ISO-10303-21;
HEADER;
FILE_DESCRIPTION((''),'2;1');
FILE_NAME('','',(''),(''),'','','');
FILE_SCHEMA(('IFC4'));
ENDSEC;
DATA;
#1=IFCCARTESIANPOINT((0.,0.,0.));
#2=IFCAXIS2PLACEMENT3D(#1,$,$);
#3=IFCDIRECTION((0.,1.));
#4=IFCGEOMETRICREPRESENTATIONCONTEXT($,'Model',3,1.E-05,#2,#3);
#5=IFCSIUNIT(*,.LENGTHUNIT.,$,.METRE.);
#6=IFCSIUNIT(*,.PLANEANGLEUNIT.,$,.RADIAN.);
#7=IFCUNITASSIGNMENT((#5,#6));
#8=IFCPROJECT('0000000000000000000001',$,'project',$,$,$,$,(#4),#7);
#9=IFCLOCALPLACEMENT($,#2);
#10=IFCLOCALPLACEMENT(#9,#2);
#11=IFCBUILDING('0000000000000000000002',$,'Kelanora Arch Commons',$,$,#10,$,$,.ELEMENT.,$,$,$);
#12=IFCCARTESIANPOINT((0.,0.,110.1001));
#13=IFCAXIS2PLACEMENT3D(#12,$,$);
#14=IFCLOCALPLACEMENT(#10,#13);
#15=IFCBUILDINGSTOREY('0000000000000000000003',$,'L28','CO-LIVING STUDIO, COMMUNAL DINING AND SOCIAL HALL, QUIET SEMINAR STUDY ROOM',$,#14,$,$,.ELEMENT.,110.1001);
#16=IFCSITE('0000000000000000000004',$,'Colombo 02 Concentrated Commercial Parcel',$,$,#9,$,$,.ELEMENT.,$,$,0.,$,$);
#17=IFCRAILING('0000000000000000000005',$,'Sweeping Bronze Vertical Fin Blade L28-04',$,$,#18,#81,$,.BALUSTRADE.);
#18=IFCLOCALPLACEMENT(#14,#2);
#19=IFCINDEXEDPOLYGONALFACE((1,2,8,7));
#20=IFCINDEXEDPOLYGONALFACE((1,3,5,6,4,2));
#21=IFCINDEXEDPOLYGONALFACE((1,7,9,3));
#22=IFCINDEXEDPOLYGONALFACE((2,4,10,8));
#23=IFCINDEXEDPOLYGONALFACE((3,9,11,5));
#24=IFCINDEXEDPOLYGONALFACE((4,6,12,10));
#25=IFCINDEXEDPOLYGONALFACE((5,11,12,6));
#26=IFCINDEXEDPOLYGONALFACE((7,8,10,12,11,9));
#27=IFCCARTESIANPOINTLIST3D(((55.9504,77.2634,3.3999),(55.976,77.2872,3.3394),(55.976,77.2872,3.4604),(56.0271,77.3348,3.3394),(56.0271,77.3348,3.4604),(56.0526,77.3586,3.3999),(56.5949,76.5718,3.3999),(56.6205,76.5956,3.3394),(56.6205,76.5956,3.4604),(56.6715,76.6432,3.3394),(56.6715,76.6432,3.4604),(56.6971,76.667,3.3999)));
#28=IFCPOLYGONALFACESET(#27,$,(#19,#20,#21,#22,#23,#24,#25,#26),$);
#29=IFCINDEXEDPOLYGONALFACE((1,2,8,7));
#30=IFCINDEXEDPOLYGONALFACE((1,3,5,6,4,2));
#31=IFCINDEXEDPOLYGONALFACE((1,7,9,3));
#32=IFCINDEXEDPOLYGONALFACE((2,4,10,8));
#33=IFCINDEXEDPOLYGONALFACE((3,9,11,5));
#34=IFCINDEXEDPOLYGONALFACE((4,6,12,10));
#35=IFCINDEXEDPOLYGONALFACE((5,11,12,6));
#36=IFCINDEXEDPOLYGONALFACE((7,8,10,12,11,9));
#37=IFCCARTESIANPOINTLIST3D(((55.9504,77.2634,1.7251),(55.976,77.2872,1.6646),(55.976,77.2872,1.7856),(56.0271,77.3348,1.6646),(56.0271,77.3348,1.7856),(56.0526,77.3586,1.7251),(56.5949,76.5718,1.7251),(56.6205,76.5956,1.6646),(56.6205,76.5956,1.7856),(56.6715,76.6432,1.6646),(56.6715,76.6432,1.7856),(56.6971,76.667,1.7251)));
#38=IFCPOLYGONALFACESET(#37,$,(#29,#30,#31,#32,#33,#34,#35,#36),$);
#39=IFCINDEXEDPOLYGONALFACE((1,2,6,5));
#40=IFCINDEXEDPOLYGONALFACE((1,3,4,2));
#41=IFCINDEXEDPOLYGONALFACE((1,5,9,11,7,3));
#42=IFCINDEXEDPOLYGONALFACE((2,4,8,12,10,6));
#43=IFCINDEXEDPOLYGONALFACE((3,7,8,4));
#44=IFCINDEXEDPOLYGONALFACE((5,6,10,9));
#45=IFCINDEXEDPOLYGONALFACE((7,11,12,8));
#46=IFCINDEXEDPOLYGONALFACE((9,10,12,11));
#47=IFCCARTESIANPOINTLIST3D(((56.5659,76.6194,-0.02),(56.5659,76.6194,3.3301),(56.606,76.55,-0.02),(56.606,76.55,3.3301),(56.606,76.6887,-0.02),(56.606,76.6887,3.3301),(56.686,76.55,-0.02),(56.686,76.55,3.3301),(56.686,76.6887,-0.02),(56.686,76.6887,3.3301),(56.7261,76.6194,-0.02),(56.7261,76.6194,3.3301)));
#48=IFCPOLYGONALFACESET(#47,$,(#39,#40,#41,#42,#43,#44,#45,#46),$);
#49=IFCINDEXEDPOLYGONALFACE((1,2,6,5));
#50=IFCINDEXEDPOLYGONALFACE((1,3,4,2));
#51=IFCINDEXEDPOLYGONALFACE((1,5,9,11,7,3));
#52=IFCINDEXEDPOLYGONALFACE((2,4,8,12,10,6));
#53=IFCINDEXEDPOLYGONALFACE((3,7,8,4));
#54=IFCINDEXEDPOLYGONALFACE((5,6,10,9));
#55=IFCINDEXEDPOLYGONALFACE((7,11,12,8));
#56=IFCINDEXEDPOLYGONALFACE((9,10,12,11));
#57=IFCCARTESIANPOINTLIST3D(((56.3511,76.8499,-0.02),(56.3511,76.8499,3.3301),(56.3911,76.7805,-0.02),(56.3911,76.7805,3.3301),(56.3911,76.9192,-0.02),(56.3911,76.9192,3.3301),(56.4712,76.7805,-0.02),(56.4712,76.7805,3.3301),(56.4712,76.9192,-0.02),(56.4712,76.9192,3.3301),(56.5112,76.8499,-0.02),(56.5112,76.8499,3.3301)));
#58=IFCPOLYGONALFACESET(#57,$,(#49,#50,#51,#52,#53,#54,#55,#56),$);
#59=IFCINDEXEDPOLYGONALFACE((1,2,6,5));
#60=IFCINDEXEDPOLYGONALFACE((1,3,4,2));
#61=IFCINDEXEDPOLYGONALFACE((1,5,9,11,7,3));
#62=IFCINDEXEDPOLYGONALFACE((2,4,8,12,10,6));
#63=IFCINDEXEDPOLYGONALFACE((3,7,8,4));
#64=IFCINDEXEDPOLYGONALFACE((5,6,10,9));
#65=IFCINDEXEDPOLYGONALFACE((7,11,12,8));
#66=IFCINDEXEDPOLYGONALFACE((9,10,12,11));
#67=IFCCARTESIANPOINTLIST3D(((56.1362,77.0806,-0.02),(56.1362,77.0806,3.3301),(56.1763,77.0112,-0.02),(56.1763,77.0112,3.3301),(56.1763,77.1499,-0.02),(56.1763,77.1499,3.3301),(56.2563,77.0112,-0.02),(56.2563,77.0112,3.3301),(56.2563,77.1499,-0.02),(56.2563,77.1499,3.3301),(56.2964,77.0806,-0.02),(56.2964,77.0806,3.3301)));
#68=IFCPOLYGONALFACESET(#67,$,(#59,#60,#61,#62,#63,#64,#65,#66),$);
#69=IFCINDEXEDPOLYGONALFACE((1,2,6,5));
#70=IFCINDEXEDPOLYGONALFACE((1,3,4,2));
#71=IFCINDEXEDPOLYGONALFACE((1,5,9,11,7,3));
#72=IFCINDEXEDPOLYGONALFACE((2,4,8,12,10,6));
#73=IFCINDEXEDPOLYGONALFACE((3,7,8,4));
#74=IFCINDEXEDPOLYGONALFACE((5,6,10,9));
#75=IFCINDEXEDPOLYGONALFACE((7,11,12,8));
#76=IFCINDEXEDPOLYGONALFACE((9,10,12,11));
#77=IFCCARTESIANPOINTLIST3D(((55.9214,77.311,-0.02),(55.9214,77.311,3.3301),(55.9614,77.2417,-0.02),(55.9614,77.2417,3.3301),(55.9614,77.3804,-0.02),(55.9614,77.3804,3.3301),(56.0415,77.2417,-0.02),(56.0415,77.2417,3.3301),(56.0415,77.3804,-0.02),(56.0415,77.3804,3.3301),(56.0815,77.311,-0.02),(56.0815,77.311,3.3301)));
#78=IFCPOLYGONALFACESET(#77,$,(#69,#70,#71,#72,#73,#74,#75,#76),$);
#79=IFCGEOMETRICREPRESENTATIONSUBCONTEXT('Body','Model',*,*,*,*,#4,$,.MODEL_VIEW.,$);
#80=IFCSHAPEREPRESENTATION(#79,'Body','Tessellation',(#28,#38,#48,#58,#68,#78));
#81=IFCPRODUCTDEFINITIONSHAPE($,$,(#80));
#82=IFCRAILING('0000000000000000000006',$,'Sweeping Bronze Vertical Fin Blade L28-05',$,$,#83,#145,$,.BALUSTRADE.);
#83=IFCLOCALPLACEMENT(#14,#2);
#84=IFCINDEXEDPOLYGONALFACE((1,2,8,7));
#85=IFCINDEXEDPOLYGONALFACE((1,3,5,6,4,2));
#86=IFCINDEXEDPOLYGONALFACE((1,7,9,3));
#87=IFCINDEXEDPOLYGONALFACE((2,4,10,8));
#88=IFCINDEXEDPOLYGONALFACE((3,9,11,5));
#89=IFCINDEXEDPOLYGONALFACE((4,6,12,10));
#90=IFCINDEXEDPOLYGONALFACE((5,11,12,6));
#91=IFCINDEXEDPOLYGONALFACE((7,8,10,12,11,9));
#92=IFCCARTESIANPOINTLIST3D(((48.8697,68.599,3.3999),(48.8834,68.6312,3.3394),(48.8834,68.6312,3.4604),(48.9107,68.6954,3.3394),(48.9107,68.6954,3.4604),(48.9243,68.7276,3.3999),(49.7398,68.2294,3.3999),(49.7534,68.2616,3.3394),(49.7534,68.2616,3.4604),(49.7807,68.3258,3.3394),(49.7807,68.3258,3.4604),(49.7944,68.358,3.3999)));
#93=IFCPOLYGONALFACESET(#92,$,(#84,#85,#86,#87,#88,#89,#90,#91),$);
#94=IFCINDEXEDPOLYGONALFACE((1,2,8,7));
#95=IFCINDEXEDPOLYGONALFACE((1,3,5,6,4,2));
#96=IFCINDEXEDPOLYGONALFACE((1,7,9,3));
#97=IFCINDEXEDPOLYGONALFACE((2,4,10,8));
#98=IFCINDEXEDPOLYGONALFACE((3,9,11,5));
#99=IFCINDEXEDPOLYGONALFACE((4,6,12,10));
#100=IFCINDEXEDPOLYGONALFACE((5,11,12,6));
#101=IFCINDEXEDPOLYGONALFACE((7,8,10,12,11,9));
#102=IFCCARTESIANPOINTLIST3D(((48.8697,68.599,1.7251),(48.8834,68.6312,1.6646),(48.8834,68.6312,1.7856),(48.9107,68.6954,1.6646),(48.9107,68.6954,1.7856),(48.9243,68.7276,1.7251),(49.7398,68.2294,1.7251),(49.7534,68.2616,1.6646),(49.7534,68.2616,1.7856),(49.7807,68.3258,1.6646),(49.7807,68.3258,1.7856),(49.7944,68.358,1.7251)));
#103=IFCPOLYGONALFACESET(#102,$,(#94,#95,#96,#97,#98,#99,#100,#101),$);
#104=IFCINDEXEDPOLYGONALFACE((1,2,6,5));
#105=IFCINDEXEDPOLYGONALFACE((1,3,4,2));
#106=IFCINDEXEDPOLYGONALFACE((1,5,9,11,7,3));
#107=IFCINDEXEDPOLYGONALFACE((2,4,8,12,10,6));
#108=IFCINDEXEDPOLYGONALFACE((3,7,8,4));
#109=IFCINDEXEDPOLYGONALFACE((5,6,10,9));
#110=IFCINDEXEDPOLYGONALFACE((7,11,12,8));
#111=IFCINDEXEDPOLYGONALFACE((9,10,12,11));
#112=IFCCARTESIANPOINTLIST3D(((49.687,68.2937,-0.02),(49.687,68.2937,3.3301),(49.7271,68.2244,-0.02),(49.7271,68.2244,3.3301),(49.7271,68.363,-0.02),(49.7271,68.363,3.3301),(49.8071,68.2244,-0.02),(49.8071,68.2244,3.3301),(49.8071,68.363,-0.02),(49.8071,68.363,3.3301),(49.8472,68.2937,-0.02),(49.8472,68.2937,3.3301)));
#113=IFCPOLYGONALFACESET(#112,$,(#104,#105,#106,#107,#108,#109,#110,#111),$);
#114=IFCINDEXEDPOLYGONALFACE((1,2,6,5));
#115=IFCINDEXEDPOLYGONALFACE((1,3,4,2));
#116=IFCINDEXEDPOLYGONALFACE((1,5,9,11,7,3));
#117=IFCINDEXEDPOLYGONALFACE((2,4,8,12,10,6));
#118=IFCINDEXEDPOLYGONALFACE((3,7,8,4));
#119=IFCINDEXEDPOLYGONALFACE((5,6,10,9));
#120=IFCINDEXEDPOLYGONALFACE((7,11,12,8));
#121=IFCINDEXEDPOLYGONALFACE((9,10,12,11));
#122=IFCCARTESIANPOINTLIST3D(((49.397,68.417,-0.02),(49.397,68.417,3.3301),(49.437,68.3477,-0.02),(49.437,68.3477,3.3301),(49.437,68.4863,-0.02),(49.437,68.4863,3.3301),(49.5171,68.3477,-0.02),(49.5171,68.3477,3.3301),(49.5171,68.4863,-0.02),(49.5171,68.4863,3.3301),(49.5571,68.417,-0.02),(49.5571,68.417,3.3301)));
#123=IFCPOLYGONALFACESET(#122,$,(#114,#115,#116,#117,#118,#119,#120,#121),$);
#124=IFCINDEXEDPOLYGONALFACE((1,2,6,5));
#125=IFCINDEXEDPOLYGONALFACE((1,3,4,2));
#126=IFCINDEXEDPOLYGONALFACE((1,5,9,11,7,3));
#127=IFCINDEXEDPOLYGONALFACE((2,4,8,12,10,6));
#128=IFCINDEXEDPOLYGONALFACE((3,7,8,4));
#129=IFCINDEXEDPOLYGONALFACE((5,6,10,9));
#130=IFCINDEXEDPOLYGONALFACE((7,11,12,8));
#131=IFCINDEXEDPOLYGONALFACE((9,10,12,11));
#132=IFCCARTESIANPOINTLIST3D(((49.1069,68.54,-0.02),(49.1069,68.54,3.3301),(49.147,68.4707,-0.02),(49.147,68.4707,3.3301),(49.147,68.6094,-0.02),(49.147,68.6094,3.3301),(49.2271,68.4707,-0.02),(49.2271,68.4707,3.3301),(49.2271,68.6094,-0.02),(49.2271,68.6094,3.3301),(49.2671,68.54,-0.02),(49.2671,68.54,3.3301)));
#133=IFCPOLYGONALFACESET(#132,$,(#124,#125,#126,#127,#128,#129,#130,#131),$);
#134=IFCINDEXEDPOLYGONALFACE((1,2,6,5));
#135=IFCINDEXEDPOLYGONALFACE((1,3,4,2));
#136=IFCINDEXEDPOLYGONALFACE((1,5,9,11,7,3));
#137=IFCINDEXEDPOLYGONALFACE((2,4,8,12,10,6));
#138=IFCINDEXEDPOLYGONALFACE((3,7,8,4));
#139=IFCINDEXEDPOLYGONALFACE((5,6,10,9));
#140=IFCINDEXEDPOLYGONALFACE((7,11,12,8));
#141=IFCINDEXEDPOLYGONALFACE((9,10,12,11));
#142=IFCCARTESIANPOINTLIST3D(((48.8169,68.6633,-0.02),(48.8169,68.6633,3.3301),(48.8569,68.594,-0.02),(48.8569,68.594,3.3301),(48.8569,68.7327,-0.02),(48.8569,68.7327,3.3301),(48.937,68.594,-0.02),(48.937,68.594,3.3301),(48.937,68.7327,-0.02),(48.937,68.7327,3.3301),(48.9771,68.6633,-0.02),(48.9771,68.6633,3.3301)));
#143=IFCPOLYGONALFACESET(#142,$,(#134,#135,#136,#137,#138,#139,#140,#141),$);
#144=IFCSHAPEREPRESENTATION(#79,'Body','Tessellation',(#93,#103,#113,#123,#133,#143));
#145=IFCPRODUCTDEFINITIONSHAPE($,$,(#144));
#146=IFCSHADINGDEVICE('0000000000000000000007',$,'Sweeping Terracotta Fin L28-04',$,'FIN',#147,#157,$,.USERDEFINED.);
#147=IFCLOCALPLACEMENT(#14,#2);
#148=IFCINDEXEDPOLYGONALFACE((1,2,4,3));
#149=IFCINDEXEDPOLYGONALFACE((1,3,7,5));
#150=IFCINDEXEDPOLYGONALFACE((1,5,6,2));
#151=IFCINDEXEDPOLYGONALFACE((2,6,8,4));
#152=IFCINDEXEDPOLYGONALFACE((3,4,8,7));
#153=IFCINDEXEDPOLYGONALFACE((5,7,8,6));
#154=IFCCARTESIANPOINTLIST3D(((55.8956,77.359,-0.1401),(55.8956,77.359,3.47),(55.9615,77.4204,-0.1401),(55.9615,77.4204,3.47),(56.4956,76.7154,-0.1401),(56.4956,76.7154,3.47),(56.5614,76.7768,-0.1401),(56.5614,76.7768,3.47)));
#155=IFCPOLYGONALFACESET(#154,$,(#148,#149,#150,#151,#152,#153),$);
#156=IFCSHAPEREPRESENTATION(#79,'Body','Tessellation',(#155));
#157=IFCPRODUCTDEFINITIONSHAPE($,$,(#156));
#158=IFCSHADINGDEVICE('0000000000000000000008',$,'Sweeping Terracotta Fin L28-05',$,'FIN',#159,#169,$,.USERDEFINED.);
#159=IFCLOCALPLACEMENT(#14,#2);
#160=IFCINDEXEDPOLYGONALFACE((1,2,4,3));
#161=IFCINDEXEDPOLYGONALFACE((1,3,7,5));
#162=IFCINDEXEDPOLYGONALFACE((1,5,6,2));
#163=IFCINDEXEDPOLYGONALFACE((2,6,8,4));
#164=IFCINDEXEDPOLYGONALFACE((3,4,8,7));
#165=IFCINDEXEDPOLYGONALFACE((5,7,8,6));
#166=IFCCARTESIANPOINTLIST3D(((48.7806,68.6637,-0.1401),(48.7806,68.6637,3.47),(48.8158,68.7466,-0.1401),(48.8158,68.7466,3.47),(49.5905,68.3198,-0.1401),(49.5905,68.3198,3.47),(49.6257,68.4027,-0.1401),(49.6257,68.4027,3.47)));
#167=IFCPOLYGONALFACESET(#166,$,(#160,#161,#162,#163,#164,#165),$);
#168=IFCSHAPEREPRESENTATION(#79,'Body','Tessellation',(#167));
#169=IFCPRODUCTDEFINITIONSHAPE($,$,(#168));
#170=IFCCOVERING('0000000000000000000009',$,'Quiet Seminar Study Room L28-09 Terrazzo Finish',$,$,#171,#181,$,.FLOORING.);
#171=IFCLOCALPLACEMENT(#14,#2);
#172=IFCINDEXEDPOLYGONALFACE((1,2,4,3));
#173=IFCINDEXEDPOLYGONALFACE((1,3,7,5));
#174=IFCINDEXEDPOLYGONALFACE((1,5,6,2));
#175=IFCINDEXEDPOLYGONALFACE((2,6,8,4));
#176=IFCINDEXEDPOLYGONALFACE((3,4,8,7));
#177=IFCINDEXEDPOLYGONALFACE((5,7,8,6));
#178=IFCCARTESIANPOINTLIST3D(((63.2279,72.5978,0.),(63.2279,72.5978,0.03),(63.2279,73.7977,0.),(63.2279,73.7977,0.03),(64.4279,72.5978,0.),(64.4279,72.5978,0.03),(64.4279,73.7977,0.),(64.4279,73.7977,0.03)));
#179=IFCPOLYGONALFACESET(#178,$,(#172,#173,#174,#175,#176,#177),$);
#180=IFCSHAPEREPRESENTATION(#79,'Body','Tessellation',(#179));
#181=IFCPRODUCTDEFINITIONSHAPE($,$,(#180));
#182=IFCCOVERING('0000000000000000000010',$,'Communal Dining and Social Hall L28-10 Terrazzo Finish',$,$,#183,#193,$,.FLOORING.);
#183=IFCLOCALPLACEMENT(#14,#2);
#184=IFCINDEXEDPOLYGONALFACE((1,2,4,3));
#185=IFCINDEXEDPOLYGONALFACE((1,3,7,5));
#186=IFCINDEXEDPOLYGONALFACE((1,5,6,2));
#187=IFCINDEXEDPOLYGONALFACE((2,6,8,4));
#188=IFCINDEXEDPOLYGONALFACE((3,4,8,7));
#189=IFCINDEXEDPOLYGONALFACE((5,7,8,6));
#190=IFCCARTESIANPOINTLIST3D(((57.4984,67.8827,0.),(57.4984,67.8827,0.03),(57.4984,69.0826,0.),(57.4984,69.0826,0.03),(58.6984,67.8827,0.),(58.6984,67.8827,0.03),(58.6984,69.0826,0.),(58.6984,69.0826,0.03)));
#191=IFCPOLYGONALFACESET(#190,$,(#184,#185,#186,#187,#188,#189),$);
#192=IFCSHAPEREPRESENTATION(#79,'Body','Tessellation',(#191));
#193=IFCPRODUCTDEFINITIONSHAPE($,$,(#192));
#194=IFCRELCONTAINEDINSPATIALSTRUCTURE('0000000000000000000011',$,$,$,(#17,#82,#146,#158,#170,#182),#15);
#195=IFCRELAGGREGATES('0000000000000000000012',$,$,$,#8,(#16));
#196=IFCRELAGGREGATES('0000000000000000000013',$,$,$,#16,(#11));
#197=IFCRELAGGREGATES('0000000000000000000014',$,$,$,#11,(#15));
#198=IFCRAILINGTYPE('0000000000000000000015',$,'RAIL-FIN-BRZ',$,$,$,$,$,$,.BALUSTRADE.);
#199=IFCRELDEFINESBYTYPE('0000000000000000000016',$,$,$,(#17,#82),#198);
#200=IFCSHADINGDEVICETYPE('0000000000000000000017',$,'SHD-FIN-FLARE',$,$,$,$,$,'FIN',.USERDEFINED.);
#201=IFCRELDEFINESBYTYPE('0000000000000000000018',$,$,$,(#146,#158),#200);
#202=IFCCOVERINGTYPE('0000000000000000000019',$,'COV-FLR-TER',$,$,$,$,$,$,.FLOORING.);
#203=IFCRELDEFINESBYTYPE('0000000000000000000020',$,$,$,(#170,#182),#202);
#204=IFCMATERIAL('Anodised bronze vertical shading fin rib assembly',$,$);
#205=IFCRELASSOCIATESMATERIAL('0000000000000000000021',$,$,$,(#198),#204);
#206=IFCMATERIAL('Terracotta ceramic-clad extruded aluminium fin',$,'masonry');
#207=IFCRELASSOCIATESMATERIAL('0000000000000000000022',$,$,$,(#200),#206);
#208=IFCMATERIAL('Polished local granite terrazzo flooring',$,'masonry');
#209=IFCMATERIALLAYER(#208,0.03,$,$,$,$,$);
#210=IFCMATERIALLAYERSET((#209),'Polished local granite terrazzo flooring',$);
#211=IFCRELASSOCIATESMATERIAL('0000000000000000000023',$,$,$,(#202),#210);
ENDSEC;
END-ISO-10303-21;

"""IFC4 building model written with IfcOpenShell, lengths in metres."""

from ifc_helpers import new_model, si_unit, direction, frame, origin, origin_2d, place, context, subcontext, project, spatial, polyline, rectangle, outline, extrude, source, transform, mapped, material, layer, layer_set, type_object, element, save


model = new_model("IFC4")

# Units and contexts
model_context = context("Model", 3, precision=1e-05, world=origin(), true_north=direction((0.0, 1.0)))
body_context = subcontext(model_context, "Body", "Model", "MODEL_VIEW")
ifc_project = project(units=[si_unit("LENGTHUNIT", "METRE"), si_unit("PLANEANGLEUNIT", "RADIAN")], contexts=[model_context])

# Site, building, storey
site_placement = place(None, origin())
site = spatial("IfcSite", under=ifc_project, at=site_placement, Name="Colombo 02 Concentrated Commercial Parcel", CompositionType="ELEMENT", RefElevation=0.0)
building_placement = place(site_placement, origin())
building = spatial("IfcBuilding", under=site, at=building_placement, Name="Kelanora Arch Commons", CompositionType="ELEMENT")
storey_placement = place(building_placement, frame((0.0, 0.0, 110.1001)))
storey = spatial("IfcBuildingStorey", under=building, at=storey_placement, Name="L28", Description="CO-LIVING STUDIO, COMMUNAL DINING AND SOCIAL HALL, QUIET SEMINAR STUDY ROOM", CompositionType="ELEMENT", Elevation=110.1001)

# Railings
ifc_material_1 = material(Name="Anodised bronze vertical shading fin rib assembly")
railing_type = type_object("IfcRailingType", Name="RAIL-FIN-BRZ", PredefinedType="BALUSTRADE", material=ifc_material_1)
railing_1_placement = place(storey_placement, frame((56.646, 76.6194, -0.02)))
element("IfcRailing", 1, at=railing_1_placement, inside=storey, type_object=railing_type, Name="Sweeping Bronze Vertical Fin Blade L28-04", PredefinedType="BALUSTRADE", context=body_context, shape_type="SweptSolid", body=[
    extrude(outline(polyline([(0.0698, 0.0), (0.0349, 0.0605), (-0.0349, 0.0605), (-0.0698, 0.0), (-0.0349, -0.0605), (0.0349, -0.0605), (0.0698, 0.0)])), frame((0.0, 0.0, 3.4199), z_axis=(-0.681748, 0.731587, 0.0), x_axis=(-0.731587, -0.681748, 0.0)), (0.0, 0.0, 1.0), 0.9453),
    extrude(outline(polyline([(0.0698, 0.0), (0.0349, 0.0605), (-0.0349, 0.0605), (-0.0698, 0.0), (-0.0349, -0.0605), (0.0349, -0.0605), (0.0698, 0.0)])), frame((0.0, 0.0, 1.7451), z_axis=(-0.681748, 0.731587, 0.0), x_axis=(-0.731587, -0.681748, 0.0)), (0.0, 0.0, 1.0), 0.9453),
    extrude(outline(polyline([(0.0801, 0.0), (0.04, 0.0693), (-0.04, 0.0693), (-0.0801, 0.0), (-0.04, -0.0693), (0.04, -0.0693), (0.0801, 0.0)])), origin(), (0.0, 0.0, 1.0), 3.3501),
    extrude(outline(polyline([(0.0801, 0.0), (0.04, 0.0693), (-0.04, 0.0693), (-0.0801, 0.0), (-0.04, -0.0693), (0.04, -0.0693), (0.0801, 0.0)])), frame((-0.2148, 0.2305, 0.0)), (0.0, 0.0, 1.0), 3.3501),
    extrude(outline(polyline([(0.0801, 0.0), (0.04, 0.0693), (-0.04, 0.0693), (-0.0801, 0.0), (-0.04, -0.0693), (0.04, -0.0693), (0.0801, 0.0)])), frame((-0.4297, 0.4612, 0.0)), (0.0, 0.0, 1.0), 3.3501),
    extrude(outline(polyline([(0.0801, 0.0), (0.04, 0.0693), (-0.04, 0.0693), (-0.0801, 0.0), (-0.04, -0.0693), (0.04, -0.0693), (0.0801, 0.0)])), frame((-0.6445, 0.6917, 0.0)), (0.0, 0.0, 1.0), 3.3501),
])
railing_2_placement = place(storey_placement, frame((49.7671, 68.2937, -0.02)))
element("IfcRailing", 2, at=railing_2_placement, inside=storey, type_object=railing_type, Name="Sweeping Bronze Vertical Fin Blade L28-05", PredefinedType="BALUSTRADE", context=body_context, shape_type="SweptSolid", body=[
    extrude(outline(polyline([(0.0698, 0.0), (0.0349, 0.0605), (-0.0349, 0.0605), (-0.0698, 0.0), (-0.0349, -0.0605), (0.0349, -0.0605), (0.0698, 0.0)])), frame((0.0, 0.0, 3.4199), z_axis=(-0.920396, 0.390988, 0.0), x_axis=(-0.390988, -0.920396, 0.0)), (0.0, 0.0, 1.0), 0.9453),
    extrude(outline(polyline([(0.0698, 0.0), (0.0349, 0.0605), (-0.0349, 0.0605), (-0.0698, 0.0), (-0.0349, -0.0605), (0.0349, -0.0605), (0.0698, 0.0)])), frame((0.0, 0.0, 1.7451), z_axis=(-0.920396, 0.390988, 0.0), x_axis=(-0.390988, -0.920396, 0.0)), (0.0, 0.0, 1.0), 0.9453),
    extrude(outline(polyline([(0.0801, 0.0), (0.04, 0.0693), (-0.04, 0.0693), (-0.0801, 0.0), (-0.04, -0.0693), (0.04, -0.0693), (0.0801, 0.0)])), origin(), (0.0, 0.0, 1.0), 3.3501),
    extrude(outline(polyline([(0.0801, 0.0), (0.04, 0.0693), (-0.04, 0.0693), (-0.0801, 0.0), (-0.04, -0.0693), (0.04, -0.0693), (0.0801, 0.0)])), frame((-0.29, 0.1233, 0.0)), (0.0, 0.0, 1.0), 3.3501),
    extrude(outline(polyline([(0.0801, 0.0), (0.04, 0.0693), (-0.04, 0.0693), (-0.0801, 0.0), (-0.04, -0.0693), (0.04, -0.0693), (0.0801, 0.0)])), frame((-0.5801, 0.2463, 0.0)), (0.0, 0.0, 1.0), 3.3501),
    extrude(outline(polyline([(0.0801, 0.0), (0.04, 0.0693), (-0.04, 0.0693), (-0.0801, 0.0), (-0.04, -0.0693), (0.04, -0.0693), (0.0801, 0.0)])), frame((-0.8701, 0.3696, 0.0)), (0.0, 0.0, 1.0), 3.3501),
])

# Shading devices
ifc_material_2 = material(Name="Terracotta ceramic-clad extruded aluminium fin", Category="masonry")
shading_device_type = type_object("IfcShadingDeviceType", Name="SHD-FIN-FLARE", ElementType="FIN", PredefinedType="USERDEFINED", material=ifc_material_2)
shared_shape_1 = source(origin(), body_context, "Body", "SweptSolid", [
    extrude(rectangle(XDim=0.8799, YDim=0.0901, at=origin_2d()), origin(), (0.0, 0.0, 1.0), 3.6101),
])
for number, where, z_axis, x_axis, name in (
    (3, (56.2285, 77.0679, -0.1401), (0.0, 0.0, 1.0), (-0.681871, 0.731473, 0.0), "Sweeping Terracotta Fin L28-04"),
    (4, (49.2031, 68.5332, -0.1401), (0.0, 0.0, 1.0), (-0.920437, 0.390892, 0.0), "Sweeping Terracotta Fin L28-05"),
):
    element("IfcShadingDevice", number, at=place(storey_placement, frame(where, z_axis=z_axis, x_axis=x_axis)), inside=storey, type_object=shading_device_type, Name=name, ObjectType="FIN", PredefinedType="USERDEFINED", context=body_context, shape_type="MappedRepresentation", body=[
        mapped(shared_shape_1, transform((0.0, 0.0, 0.0), scale=1.0)),
    ])

# Coverings
ifc_material_3 = material(Name="Polished local granite terrazzo flooring", Category="masonry")
ifc_layer_1 = layer(ifc_material_3, 0.03)
ifc_layer_set_1 = layer_set([ifc_layer_1], Name="Polished local granite terrazzo flooring")
covering_type = type_object("IfcCoveringType", Name="COV-FLR-TER", PredefinedType="FLOORING", material=ifc_layer_set_1)
shared_shape_2 = source(origin(), body_context, "Body", "SweptSolid", [
    extrude(rectangle(XDim=1.2, YDim=1.2, at=origin_2d()), origin(), (0.0, 0.0, 1.0), 0.03),
])
for number, where, z_axis, x_axis, name in (
    (5, (63.8279, 73.1978, 0.0), (0.0, 0.0, 1.0), (1.0, 0.0, 0.0), "Quiet Seminar Study Room L28-09 Terrazzo Finish"),
    (6, (58.0984, 68.4827, 0.0), (0.0, 0.0, 1.0), (1.0, 0.0, 0.0), "Communal Dining and Social Hall L28-10 Terrazzo Finish"),
):
    element("IfcCovering", number, at=place(storey_placement, frame(where, z_axis=z_axis, x_axis=x_axis)), inside=storey, type_object=covering_type, Name=name, PredefinedType="FLOORING", context=body_context, shape_type="MappedRepresentation", body=[
        mapped(shared_shape_2, transform((0.0, 0.0, 0.0), scale=1.0)),
    ])

save(model, "model.ifc")
